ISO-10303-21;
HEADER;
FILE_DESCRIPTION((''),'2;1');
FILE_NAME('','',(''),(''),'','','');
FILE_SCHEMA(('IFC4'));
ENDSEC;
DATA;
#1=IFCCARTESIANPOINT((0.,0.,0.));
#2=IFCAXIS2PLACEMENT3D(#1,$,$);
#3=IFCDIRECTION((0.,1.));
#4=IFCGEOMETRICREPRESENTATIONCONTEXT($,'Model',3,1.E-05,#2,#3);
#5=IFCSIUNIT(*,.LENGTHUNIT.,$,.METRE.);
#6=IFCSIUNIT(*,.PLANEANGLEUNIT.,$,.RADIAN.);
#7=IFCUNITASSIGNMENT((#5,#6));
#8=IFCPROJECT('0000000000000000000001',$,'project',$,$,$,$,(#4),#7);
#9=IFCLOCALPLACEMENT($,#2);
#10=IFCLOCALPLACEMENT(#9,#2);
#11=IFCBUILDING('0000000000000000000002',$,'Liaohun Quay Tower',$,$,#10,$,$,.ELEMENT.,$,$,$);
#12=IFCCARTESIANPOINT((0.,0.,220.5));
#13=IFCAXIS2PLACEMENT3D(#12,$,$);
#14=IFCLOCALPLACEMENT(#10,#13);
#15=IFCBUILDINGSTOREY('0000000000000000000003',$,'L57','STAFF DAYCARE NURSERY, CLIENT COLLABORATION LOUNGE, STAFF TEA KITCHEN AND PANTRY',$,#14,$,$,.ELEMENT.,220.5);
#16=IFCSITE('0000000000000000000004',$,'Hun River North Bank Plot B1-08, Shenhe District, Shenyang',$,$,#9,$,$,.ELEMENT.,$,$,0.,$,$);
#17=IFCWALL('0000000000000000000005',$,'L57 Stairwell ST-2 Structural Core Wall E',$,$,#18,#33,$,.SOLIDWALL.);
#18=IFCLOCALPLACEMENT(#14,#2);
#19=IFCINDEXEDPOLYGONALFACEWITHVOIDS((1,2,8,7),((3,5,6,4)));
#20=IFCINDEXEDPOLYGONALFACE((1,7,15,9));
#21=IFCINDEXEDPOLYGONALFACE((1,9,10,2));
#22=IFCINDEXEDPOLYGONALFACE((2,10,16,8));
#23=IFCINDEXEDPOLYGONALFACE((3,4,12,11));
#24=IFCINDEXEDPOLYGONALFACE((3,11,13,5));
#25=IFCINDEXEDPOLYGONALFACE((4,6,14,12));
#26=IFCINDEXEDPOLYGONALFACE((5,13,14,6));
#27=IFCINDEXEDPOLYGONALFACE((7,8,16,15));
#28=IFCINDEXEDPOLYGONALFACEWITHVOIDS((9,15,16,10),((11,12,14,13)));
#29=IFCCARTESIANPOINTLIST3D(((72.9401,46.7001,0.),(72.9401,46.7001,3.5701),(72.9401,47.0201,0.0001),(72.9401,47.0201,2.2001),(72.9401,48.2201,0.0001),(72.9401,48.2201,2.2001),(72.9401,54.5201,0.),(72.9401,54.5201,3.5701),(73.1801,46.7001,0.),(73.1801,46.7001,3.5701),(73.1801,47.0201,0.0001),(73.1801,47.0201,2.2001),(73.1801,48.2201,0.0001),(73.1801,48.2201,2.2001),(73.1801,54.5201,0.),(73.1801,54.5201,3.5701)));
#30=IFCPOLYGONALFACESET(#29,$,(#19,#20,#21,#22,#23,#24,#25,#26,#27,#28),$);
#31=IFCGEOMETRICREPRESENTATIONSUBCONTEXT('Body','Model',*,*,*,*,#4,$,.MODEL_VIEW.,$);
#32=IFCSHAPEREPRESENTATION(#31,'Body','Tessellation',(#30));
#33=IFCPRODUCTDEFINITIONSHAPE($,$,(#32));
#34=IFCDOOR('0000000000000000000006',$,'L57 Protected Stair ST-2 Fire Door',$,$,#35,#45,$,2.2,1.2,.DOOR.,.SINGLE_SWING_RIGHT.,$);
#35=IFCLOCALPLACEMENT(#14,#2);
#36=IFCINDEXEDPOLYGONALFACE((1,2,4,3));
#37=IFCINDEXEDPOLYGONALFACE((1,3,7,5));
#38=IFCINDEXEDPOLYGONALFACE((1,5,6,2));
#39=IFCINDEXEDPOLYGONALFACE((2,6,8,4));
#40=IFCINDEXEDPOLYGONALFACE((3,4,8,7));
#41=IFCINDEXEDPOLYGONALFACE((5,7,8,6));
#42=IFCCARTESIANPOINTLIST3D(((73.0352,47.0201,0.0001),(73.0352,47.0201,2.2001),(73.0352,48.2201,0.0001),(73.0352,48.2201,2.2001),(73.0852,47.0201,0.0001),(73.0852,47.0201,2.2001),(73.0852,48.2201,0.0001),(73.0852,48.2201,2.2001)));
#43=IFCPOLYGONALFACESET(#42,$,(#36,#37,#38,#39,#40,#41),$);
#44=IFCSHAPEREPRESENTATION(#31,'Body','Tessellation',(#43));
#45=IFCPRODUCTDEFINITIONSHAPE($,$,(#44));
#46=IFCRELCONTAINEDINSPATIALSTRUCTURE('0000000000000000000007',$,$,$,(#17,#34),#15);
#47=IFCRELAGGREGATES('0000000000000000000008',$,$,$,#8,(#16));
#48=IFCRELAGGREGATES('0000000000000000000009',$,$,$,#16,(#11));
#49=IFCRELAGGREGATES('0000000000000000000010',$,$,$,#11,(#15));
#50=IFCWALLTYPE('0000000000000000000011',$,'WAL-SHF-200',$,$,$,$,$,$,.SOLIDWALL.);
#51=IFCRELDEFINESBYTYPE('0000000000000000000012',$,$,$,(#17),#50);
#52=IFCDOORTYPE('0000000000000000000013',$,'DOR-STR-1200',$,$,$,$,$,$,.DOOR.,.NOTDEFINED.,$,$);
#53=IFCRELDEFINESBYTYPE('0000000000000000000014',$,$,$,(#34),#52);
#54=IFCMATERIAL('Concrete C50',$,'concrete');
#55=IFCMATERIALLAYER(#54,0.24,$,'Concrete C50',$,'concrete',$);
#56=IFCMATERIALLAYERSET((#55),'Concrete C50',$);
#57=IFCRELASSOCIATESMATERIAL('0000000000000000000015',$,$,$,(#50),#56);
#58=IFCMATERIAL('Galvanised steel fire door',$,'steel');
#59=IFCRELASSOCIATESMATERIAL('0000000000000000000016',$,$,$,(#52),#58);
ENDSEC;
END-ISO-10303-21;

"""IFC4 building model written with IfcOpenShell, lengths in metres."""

from ifc_helpers import new_model, si_unit, direction, frame, frame_2d, origin, place, context, subcontext, project, spatial, rectangle, extrude, source, transform, mapped, material, layer, layer_set, type_object, element, fill, save


model = new_model("IFC4")

# Units and contexts
model_context = context("Model", 3, precision=1e-05, world=origin(), true_north=direction((0.0, 1.0)))
body_context = subcontext(model_context, "Body", "Model", "MODEL_VIEW")
ifc_project = project(units=[si_unit("LENGTHUNIT", "METRE"), si_unit("PLANEANGLEUNIT", "RADIAN")], contexts=[model_context])

# Site, building, storey
site_placement = place(None, origin())
site = spatial("IfcSite", under=ifc_project, at=site_placement, Name="Hun River North Bank Plot B1-08, Shenhe District, Shenyang", CompositionType="ELEMENT", RefElevation=0.0)
building_placement = place(site_placement, origin())
building = spatial("IfcBuilding", under=site, at=building_placement, Name="Liaohun Quay Tower", CompositionType="ELEMENT")
storey_placement = place(building_placement, frame((0.0, 0.0, 220.5)))
storey = spatial("IfcBuildingStorey", under=building, at=storey_placement, Name="L57", Description="STAFF DAYCARE NURSERY, CLIENT COLLABORATION LOUNGE, STAFF TEA KITCHEN AND PANTRY", CompositionType="ELEMENT", Elevation=220.5)

# Shared definitions
ifc_material_1 = material(Name="Concrete C50", Category="concrete")
ifc_layer_1 = layer(ifc_material_1, 0.24, Name="Concrete C50", Category="concrete")
ifc_layer_set_1 = layer_set([ifc_layer_1], Name="Concrete C50")
wall_type_1 = type_object("IfcWallType", Name="WAL-SHF-200", PredefinedType="SOLIDWALL", material=ifc_layer_set_1)

# Wall, opening, door
wall_1_placement = place(storey_placement, frame((73.0601, 46.7, 0.0), z_axis=(0.0, 0.0, 1.0), x_axis=(0.0, 1.0, 0.0)))
wall_1 = element("IfcWall", 1, at=wall_1_placement, inside=storey, type_object=wall_type_1, Name="L57 Stairwell ST-2 Structural Core Wall E", PredefinedType="SOLIDWALL", context=body_context, shape_type="SweptSolid", body=[
    extrude(rectangle(XDim=7.8201, YDim=0.24, at=frame_2d((3.9102, 0.0))), origin(), (0.0, 0.0, 1.0), 3.5701),
])
shared_shape_1 = source(origin(), body_context, "Body", "SweptSolid", [
    extrude(rectangle(XDim=1.2, YDim=2.2, at=frame_2d((0.6001, 1.1001))), frame((0.0, 0.1299, 0.0), z_axis=(0.0, -1.0, 0.0), x_axis=(1.0, 0.0, 0.0)), (0.0, 0.0, 1.0), 0.26),
])
opening_1_placement = place(wall_1_placement, frame((0.3201, 0.0, 0.0)))
opening_1 = element("IfcOpeningElement", 2, at=opening_1_placement, cuts=wall_1, PredefinedType="OPENING", context=body_context, shape_type="MappedRepresentation", body=[
    mapped(shared_shape_1, transform((0.0, 0.0, 0.0), x_axis=(1.0, 0.0, 0.0), y_axis=(0.0, 1.0, 0.0), z_axis=(0.0, 0.0, 1.0), scale=1.0)),
])
ifc_material_2 = material(Name="Galvanised steel fire door", Category="steel")
door_type_1 = type_object("IfcDoorType", Name="DOR-STR-1200", OperationType="NOTDEFINED", PredefinedType="DOOR", material=ifc_material_2)
shared_shape_2 = source(origin(), body_context, "Body", "SweptSolid", [
    extrude(rectangle(XDim=1.2, YDim=2.2, at=frame_2d((0.6001, 1.1001))), frame((0.0, 0.0249, 0.0), z_axis=(0.0, -1.0, 0.0), x_axis=(1.0, 0.0, 0.0)), (0.0, 0.0, 1.0), 0.05),
])
door_1_placement = place(opening_1_placement, origin())
door_1 = element("IfcDoor", 3, at=door_1_placement, inside=storey, type_object=door_type_1, Name="L57 Protected Stair ST-2 Fire Door", OperationType="SINGLE_SWING_RIGHT", OverallHeight=2.2, OverallWidth=1.2, PredefinedType="DOOR", context=body_context, shape_type="MappedRepresentation", body=[
    mapped(shared_shape_2, transform((0.0, 0.0, 0.0), x_axis=(1.0, 0.0, 0.0), y_axis=(0.0, 1.0, 0.0), z_axis=(0.0, 0.0, 1.0), scale=1.0)),
])
fill(opening_1, door_1)

save(model, "model.ifc")
